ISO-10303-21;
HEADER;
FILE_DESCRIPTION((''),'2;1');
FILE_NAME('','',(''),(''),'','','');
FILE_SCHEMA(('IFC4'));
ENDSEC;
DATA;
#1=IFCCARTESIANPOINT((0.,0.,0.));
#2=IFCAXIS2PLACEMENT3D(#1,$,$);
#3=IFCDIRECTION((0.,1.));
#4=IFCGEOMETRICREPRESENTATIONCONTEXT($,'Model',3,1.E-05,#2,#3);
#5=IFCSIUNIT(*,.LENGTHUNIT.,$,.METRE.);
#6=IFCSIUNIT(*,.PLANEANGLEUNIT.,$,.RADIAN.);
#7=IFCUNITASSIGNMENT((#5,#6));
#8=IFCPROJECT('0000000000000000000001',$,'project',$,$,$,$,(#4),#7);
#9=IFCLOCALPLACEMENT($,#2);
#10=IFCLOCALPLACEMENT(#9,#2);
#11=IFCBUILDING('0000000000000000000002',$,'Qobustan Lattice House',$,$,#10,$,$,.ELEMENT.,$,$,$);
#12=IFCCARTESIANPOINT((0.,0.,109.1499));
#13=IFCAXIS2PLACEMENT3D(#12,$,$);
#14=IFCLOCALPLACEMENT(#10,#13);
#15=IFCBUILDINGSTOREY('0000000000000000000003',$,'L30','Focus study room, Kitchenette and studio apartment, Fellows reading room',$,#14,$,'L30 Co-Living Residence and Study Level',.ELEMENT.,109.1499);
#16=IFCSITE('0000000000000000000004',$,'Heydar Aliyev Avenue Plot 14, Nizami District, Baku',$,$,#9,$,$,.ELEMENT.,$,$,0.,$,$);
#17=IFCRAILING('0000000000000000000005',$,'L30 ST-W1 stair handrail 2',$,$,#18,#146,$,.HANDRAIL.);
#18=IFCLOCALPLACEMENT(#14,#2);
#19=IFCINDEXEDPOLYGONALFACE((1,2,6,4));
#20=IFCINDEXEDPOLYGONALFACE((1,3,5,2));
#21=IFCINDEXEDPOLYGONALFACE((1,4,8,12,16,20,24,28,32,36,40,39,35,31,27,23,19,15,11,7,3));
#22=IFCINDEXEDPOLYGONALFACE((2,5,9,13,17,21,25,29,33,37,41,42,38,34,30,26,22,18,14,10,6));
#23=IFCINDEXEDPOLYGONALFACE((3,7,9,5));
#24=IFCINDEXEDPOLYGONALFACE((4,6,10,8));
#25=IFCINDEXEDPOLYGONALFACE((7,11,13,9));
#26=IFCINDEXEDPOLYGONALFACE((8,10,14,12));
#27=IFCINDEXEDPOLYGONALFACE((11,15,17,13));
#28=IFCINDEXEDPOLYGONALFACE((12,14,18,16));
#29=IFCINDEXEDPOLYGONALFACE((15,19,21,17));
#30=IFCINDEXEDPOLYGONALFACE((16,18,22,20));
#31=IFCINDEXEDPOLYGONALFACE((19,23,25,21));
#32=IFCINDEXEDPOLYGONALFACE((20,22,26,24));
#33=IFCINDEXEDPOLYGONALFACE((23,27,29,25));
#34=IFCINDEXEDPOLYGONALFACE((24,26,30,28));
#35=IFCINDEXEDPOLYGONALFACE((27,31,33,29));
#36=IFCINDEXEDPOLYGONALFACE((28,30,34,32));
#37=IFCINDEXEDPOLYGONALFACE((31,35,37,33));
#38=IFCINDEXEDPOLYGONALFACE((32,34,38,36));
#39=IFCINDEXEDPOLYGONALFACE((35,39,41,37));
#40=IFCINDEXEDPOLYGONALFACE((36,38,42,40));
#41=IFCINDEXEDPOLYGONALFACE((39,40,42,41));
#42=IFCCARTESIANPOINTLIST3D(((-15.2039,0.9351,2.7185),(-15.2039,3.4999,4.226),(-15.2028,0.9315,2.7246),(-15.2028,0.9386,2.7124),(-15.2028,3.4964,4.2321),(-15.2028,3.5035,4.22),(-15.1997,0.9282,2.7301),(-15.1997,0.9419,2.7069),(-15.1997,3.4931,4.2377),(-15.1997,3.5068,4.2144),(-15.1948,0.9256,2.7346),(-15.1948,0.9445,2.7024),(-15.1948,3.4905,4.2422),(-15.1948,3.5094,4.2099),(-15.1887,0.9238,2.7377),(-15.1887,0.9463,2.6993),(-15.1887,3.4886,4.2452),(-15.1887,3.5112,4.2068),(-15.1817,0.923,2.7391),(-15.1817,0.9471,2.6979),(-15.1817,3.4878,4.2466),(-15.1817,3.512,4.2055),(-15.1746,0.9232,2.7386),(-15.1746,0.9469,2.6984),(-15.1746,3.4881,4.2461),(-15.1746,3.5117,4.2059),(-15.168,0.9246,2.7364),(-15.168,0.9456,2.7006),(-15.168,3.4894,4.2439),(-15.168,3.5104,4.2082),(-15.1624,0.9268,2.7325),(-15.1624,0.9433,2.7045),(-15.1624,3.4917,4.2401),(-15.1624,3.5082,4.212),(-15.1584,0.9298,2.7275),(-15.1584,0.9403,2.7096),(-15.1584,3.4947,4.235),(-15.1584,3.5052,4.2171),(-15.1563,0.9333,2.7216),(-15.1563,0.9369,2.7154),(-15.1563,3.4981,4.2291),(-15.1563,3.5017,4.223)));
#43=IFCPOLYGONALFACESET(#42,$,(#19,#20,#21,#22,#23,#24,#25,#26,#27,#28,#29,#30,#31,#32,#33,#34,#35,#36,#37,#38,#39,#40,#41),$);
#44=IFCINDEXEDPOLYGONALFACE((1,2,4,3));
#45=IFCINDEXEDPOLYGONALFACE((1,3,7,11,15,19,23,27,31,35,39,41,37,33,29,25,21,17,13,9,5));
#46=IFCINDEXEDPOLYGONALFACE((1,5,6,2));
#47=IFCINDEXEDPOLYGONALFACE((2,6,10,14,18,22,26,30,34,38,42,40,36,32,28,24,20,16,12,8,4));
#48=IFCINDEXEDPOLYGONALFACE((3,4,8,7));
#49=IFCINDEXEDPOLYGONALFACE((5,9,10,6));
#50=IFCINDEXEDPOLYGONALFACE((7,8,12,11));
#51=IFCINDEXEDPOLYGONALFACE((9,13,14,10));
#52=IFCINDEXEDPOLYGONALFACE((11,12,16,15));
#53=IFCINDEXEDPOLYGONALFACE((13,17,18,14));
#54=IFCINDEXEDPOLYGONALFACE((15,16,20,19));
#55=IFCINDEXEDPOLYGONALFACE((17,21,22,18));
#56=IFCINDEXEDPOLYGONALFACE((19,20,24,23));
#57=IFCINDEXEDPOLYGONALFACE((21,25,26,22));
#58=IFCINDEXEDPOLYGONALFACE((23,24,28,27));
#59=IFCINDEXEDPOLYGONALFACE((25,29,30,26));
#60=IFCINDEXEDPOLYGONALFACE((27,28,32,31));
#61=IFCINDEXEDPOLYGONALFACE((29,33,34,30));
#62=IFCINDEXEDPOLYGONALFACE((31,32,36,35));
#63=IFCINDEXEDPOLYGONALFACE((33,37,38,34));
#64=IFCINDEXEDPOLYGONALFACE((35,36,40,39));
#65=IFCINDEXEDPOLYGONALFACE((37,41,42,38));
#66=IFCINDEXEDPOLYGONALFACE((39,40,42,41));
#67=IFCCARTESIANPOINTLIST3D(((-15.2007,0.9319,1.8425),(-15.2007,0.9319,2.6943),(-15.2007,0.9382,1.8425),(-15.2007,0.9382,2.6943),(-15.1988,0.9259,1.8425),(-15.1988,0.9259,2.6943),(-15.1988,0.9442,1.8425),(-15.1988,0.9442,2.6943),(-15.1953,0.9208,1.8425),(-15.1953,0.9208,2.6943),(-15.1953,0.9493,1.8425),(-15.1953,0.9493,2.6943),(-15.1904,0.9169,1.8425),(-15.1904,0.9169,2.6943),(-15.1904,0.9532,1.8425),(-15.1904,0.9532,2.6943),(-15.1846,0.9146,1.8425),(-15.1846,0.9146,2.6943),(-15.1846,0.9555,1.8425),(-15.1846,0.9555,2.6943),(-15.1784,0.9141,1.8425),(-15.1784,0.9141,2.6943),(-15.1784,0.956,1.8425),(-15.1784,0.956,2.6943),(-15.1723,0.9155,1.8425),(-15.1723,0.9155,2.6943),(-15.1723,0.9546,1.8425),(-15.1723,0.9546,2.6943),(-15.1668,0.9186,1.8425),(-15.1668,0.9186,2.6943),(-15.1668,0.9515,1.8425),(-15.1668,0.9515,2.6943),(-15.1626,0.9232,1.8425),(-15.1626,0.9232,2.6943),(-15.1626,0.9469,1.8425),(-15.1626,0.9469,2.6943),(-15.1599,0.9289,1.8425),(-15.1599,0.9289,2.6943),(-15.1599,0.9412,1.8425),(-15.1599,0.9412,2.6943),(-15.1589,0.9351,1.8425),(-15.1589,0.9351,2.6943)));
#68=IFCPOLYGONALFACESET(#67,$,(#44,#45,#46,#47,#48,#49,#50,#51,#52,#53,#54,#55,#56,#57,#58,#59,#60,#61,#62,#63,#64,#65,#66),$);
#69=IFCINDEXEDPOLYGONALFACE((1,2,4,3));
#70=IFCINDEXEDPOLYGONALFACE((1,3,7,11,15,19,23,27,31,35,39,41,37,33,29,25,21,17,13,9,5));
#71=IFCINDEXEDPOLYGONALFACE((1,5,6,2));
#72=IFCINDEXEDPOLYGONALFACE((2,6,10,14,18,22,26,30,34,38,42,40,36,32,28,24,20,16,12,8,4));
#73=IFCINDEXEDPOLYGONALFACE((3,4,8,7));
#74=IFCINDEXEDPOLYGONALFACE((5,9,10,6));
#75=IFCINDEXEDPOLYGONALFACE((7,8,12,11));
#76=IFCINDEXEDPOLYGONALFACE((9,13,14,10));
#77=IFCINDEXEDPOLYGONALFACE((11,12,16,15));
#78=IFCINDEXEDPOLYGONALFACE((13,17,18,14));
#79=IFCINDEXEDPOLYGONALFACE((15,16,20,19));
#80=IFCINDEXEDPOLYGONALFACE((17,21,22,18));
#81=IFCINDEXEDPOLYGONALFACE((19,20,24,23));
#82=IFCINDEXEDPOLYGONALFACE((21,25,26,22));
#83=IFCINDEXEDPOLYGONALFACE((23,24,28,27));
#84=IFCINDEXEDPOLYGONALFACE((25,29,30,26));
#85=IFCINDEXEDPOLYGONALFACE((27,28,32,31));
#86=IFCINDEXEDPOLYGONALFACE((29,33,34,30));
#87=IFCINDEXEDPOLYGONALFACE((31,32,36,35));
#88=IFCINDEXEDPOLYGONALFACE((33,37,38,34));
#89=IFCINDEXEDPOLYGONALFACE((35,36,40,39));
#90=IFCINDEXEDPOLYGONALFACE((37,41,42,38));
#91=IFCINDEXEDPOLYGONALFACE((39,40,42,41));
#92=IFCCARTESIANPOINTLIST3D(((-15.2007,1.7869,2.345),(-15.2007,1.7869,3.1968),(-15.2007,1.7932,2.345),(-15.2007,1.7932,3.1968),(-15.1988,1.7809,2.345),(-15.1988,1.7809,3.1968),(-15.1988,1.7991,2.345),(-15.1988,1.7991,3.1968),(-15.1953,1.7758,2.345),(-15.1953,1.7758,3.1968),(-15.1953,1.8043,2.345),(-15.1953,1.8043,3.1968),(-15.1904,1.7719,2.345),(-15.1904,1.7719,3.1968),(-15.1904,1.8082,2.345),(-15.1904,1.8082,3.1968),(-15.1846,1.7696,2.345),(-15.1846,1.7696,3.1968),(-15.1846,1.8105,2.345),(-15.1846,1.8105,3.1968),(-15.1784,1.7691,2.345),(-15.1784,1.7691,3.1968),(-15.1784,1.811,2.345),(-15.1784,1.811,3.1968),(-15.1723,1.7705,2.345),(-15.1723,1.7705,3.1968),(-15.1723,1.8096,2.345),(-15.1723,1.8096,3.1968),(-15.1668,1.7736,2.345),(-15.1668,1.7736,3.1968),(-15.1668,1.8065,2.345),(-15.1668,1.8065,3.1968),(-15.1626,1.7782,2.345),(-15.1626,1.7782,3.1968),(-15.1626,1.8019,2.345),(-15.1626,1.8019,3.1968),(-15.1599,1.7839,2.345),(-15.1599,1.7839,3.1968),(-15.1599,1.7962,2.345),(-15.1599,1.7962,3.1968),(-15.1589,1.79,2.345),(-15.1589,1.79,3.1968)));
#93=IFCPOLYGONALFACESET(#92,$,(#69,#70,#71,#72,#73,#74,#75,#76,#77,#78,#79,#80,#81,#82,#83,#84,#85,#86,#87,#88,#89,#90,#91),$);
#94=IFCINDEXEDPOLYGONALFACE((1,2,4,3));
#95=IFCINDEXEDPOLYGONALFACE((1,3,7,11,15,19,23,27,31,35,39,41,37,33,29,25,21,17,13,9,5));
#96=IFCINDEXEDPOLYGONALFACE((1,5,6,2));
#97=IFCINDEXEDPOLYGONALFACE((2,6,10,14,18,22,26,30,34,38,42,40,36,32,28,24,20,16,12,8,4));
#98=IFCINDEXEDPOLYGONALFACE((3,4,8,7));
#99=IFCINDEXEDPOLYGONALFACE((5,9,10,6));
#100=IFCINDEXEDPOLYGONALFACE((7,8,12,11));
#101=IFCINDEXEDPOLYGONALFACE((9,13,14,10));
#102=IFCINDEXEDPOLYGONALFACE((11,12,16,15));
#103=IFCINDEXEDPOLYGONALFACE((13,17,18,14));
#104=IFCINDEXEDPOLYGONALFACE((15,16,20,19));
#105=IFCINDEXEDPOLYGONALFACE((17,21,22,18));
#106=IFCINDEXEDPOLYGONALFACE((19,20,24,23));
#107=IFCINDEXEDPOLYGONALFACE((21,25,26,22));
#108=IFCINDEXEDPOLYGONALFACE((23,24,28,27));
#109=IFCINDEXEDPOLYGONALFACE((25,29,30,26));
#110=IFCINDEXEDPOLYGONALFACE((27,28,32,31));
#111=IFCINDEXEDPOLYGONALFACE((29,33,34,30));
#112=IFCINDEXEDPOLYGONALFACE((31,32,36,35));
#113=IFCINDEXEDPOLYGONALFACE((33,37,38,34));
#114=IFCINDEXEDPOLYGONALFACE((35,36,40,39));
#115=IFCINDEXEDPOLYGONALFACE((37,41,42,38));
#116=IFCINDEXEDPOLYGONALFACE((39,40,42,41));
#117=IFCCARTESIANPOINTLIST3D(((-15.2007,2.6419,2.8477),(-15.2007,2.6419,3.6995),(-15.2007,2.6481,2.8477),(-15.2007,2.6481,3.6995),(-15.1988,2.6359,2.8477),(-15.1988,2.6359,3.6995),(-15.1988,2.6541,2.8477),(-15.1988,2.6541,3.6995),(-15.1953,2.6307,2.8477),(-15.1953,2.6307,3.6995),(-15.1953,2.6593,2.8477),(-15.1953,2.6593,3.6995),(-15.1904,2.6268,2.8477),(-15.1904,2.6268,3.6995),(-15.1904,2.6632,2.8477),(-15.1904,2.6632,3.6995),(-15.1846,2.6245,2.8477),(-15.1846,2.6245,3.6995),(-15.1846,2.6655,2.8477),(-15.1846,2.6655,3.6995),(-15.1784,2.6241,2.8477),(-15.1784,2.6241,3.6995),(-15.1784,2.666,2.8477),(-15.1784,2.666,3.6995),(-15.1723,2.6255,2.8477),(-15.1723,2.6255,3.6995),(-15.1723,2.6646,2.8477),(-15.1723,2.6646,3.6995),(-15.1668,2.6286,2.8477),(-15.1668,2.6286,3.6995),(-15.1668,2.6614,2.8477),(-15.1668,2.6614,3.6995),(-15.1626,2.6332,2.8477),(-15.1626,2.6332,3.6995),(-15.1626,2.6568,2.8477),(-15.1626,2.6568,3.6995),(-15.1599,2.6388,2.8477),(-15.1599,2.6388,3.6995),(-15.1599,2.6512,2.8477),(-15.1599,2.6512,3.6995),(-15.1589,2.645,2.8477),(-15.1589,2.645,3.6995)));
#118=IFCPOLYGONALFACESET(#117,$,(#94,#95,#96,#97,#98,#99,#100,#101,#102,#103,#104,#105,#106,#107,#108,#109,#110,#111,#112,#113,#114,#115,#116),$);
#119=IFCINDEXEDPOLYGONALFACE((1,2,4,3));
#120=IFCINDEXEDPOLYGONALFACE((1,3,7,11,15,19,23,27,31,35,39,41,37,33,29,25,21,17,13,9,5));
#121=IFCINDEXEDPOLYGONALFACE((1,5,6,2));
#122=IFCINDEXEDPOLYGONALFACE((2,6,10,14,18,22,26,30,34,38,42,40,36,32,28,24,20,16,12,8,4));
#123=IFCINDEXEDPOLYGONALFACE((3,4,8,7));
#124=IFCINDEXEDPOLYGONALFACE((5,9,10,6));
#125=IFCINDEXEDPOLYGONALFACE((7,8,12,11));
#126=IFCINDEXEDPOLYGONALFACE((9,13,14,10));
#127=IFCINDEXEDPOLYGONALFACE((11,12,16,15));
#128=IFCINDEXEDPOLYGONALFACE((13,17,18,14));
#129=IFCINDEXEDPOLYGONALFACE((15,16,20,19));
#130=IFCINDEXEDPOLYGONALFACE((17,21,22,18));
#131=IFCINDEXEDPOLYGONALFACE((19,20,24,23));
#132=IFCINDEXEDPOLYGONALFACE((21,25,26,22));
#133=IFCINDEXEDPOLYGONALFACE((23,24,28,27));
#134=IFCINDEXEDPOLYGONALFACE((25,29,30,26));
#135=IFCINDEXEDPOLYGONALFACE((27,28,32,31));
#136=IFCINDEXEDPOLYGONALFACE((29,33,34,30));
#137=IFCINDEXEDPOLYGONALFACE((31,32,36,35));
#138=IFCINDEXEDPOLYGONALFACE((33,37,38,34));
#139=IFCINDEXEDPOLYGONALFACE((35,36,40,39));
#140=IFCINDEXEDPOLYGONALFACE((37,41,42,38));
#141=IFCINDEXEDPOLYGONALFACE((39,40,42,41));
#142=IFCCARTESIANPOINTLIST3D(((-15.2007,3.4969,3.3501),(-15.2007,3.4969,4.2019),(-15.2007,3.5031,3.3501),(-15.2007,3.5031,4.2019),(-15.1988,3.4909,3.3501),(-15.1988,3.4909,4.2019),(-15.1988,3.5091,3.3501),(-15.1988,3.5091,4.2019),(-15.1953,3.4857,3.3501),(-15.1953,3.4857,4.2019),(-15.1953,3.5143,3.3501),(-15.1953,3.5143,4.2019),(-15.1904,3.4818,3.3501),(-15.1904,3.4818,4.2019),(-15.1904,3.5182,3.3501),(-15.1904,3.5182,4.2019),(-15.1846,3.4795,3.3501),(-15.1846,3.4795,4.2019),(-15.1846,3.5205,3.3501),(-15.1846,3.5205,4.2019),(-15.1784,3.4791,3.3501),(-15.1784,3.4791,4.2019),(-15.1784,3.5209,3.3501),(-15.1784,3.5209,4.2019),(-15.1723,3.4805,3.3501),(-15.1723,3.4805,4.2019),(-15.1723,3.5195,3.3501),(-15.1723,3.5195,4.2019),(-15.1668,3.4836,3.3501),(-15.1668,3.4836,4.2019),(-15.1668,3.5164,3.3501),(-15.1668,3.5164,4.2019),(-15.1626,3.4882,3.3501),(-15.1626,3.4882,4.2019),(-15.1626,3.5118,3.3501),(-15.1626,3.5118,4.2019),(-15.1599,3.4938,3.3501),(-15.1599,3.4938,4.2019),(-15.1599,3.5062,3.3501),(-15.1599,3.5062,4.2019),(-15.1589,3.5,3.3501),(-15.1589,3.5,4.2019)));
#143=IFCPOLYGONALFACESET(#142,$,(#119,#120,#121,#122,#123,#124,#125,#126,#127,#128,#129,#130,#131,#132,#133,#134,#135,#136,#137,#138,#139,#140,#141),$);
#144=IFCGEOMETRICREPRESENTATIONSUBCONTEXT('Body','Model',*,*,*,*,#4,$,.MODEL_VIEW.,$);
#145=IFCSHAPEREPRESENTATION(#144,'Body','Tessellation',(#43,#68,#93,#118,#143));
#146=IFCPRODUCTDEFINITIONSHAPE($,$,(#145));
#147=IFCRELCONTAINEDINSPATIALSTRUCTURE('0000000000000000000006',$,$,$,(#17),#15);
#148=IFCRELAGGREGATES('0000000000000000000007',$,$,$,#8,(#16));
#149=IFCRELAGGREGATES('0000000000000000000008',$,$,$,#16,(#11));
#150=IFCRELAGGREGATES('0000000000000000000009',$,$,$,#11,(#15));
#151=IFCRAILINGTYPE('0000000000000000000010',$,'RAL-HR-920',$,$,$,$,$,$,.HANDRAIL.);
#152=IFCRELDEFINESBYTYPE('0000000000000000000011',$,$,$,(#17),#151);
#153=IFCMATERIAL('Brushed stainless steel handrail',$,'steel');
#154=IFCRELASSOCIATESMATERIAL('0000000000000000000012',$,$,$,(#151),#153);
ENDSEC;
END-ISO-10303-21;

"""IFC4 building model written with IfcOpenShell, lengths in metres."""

from ifc_helpers import new_model, si_unit, direction, frame, origin, origin_2d, place, context, subcontext, project, spatial, circle, extrude, material, type_object, element, save


model = new_model("IFC4")

# Units and contexts
model_context = context("Model", 3, precision=1e-05, world=origin(), true_north=direction((0.0, 1.0)))
body_context = subcontext(model_context, "Body", "Model", "MODEL_VIEW")
ifc_project = project(units=[si_unit("LENGTHUNIT", "METRE"), si_unit("PLANEANGLEUNIT", "RADIAN")], contexts=[model_context])

# Site, building, storey
site_placement = place(None, origin())
site = spatial("IfcSite", under=ifc_project, at=site_placement, Name="Heydar Aliyev Avenue Plot 14, Nizami District, Baku", CompositionType="ELEMENT", RefElevation=0.0)
building_placement = place(site_placement, origin())
building = spatial("IfcBuilding", under=site, at=building_placement, Name="Qobustan Lattice House", CompositionType="ELEMENT")
storey_placement = place(building_placement, frame((0.0, 0.0, 109.1499)))
storey = spatial("IfcBuildingStorey", under=building, at=storey_placement, Name="L30", Description="Focus study room, Kitchenette and studio apartment, Fellows reading room", LongName="L30 Co-Living Residence and Study Level", CompositionType="ELEMENT", Elevation=109.1499)

# Railing
ifc_material_1 = material(Name="Brushed stainless steel handrail", Category="steel")
railing_type_1 = type_object("IfcRailingType", Name="RAL-HR-920", PredefinedType="HANDRAIL", material=ifc_material_1)
railing_1_placement = place(storey_placement, frame((-15.1799, 0.9351, 1.8425)))
element("IfcRailing", 1, at=railing_1_placement, inside=storey, type_object=railing_type_1, Name="L30 ST-W1 stair handrail 2", PredefinedType="HANDRAIL", context=body_context, shape_type="SweptSolid", body=[
    extrude(circle(Radius=0.0239, at=origin_2d()), frame((0.0, 0.0, 0.876), z_axis=(0.0, 0.862113, 0.506715), x_axis=(-1.0, 0.0, 0.0)), (0.0, 0.0, 1.0), 2.9751),
    extrude(circle(Radius=0.021, at=origin_2d()), origin(), (0.0, 0.0, 1.0), 0.8518),
    extrude(circle(Radius=0.021, at=origin_2d()), frame((0.0, 0.855, 0.5024)), (0.0, 0.0, 1.0), 0.8518),
    extrude(circle(Radius=0.021, at=origin_2d()), frame((0.0, 1.71, 1.0051)), (0.0, 0.0, 1.0), 0.8518),
    extrude(circle(Radius=0.021, at=origin_2d()), frame((0.0, 2.5649, 1.5076)), (0.0, 0.0, 1.0), 0.8518),
])

save(model, "model.ifc")
